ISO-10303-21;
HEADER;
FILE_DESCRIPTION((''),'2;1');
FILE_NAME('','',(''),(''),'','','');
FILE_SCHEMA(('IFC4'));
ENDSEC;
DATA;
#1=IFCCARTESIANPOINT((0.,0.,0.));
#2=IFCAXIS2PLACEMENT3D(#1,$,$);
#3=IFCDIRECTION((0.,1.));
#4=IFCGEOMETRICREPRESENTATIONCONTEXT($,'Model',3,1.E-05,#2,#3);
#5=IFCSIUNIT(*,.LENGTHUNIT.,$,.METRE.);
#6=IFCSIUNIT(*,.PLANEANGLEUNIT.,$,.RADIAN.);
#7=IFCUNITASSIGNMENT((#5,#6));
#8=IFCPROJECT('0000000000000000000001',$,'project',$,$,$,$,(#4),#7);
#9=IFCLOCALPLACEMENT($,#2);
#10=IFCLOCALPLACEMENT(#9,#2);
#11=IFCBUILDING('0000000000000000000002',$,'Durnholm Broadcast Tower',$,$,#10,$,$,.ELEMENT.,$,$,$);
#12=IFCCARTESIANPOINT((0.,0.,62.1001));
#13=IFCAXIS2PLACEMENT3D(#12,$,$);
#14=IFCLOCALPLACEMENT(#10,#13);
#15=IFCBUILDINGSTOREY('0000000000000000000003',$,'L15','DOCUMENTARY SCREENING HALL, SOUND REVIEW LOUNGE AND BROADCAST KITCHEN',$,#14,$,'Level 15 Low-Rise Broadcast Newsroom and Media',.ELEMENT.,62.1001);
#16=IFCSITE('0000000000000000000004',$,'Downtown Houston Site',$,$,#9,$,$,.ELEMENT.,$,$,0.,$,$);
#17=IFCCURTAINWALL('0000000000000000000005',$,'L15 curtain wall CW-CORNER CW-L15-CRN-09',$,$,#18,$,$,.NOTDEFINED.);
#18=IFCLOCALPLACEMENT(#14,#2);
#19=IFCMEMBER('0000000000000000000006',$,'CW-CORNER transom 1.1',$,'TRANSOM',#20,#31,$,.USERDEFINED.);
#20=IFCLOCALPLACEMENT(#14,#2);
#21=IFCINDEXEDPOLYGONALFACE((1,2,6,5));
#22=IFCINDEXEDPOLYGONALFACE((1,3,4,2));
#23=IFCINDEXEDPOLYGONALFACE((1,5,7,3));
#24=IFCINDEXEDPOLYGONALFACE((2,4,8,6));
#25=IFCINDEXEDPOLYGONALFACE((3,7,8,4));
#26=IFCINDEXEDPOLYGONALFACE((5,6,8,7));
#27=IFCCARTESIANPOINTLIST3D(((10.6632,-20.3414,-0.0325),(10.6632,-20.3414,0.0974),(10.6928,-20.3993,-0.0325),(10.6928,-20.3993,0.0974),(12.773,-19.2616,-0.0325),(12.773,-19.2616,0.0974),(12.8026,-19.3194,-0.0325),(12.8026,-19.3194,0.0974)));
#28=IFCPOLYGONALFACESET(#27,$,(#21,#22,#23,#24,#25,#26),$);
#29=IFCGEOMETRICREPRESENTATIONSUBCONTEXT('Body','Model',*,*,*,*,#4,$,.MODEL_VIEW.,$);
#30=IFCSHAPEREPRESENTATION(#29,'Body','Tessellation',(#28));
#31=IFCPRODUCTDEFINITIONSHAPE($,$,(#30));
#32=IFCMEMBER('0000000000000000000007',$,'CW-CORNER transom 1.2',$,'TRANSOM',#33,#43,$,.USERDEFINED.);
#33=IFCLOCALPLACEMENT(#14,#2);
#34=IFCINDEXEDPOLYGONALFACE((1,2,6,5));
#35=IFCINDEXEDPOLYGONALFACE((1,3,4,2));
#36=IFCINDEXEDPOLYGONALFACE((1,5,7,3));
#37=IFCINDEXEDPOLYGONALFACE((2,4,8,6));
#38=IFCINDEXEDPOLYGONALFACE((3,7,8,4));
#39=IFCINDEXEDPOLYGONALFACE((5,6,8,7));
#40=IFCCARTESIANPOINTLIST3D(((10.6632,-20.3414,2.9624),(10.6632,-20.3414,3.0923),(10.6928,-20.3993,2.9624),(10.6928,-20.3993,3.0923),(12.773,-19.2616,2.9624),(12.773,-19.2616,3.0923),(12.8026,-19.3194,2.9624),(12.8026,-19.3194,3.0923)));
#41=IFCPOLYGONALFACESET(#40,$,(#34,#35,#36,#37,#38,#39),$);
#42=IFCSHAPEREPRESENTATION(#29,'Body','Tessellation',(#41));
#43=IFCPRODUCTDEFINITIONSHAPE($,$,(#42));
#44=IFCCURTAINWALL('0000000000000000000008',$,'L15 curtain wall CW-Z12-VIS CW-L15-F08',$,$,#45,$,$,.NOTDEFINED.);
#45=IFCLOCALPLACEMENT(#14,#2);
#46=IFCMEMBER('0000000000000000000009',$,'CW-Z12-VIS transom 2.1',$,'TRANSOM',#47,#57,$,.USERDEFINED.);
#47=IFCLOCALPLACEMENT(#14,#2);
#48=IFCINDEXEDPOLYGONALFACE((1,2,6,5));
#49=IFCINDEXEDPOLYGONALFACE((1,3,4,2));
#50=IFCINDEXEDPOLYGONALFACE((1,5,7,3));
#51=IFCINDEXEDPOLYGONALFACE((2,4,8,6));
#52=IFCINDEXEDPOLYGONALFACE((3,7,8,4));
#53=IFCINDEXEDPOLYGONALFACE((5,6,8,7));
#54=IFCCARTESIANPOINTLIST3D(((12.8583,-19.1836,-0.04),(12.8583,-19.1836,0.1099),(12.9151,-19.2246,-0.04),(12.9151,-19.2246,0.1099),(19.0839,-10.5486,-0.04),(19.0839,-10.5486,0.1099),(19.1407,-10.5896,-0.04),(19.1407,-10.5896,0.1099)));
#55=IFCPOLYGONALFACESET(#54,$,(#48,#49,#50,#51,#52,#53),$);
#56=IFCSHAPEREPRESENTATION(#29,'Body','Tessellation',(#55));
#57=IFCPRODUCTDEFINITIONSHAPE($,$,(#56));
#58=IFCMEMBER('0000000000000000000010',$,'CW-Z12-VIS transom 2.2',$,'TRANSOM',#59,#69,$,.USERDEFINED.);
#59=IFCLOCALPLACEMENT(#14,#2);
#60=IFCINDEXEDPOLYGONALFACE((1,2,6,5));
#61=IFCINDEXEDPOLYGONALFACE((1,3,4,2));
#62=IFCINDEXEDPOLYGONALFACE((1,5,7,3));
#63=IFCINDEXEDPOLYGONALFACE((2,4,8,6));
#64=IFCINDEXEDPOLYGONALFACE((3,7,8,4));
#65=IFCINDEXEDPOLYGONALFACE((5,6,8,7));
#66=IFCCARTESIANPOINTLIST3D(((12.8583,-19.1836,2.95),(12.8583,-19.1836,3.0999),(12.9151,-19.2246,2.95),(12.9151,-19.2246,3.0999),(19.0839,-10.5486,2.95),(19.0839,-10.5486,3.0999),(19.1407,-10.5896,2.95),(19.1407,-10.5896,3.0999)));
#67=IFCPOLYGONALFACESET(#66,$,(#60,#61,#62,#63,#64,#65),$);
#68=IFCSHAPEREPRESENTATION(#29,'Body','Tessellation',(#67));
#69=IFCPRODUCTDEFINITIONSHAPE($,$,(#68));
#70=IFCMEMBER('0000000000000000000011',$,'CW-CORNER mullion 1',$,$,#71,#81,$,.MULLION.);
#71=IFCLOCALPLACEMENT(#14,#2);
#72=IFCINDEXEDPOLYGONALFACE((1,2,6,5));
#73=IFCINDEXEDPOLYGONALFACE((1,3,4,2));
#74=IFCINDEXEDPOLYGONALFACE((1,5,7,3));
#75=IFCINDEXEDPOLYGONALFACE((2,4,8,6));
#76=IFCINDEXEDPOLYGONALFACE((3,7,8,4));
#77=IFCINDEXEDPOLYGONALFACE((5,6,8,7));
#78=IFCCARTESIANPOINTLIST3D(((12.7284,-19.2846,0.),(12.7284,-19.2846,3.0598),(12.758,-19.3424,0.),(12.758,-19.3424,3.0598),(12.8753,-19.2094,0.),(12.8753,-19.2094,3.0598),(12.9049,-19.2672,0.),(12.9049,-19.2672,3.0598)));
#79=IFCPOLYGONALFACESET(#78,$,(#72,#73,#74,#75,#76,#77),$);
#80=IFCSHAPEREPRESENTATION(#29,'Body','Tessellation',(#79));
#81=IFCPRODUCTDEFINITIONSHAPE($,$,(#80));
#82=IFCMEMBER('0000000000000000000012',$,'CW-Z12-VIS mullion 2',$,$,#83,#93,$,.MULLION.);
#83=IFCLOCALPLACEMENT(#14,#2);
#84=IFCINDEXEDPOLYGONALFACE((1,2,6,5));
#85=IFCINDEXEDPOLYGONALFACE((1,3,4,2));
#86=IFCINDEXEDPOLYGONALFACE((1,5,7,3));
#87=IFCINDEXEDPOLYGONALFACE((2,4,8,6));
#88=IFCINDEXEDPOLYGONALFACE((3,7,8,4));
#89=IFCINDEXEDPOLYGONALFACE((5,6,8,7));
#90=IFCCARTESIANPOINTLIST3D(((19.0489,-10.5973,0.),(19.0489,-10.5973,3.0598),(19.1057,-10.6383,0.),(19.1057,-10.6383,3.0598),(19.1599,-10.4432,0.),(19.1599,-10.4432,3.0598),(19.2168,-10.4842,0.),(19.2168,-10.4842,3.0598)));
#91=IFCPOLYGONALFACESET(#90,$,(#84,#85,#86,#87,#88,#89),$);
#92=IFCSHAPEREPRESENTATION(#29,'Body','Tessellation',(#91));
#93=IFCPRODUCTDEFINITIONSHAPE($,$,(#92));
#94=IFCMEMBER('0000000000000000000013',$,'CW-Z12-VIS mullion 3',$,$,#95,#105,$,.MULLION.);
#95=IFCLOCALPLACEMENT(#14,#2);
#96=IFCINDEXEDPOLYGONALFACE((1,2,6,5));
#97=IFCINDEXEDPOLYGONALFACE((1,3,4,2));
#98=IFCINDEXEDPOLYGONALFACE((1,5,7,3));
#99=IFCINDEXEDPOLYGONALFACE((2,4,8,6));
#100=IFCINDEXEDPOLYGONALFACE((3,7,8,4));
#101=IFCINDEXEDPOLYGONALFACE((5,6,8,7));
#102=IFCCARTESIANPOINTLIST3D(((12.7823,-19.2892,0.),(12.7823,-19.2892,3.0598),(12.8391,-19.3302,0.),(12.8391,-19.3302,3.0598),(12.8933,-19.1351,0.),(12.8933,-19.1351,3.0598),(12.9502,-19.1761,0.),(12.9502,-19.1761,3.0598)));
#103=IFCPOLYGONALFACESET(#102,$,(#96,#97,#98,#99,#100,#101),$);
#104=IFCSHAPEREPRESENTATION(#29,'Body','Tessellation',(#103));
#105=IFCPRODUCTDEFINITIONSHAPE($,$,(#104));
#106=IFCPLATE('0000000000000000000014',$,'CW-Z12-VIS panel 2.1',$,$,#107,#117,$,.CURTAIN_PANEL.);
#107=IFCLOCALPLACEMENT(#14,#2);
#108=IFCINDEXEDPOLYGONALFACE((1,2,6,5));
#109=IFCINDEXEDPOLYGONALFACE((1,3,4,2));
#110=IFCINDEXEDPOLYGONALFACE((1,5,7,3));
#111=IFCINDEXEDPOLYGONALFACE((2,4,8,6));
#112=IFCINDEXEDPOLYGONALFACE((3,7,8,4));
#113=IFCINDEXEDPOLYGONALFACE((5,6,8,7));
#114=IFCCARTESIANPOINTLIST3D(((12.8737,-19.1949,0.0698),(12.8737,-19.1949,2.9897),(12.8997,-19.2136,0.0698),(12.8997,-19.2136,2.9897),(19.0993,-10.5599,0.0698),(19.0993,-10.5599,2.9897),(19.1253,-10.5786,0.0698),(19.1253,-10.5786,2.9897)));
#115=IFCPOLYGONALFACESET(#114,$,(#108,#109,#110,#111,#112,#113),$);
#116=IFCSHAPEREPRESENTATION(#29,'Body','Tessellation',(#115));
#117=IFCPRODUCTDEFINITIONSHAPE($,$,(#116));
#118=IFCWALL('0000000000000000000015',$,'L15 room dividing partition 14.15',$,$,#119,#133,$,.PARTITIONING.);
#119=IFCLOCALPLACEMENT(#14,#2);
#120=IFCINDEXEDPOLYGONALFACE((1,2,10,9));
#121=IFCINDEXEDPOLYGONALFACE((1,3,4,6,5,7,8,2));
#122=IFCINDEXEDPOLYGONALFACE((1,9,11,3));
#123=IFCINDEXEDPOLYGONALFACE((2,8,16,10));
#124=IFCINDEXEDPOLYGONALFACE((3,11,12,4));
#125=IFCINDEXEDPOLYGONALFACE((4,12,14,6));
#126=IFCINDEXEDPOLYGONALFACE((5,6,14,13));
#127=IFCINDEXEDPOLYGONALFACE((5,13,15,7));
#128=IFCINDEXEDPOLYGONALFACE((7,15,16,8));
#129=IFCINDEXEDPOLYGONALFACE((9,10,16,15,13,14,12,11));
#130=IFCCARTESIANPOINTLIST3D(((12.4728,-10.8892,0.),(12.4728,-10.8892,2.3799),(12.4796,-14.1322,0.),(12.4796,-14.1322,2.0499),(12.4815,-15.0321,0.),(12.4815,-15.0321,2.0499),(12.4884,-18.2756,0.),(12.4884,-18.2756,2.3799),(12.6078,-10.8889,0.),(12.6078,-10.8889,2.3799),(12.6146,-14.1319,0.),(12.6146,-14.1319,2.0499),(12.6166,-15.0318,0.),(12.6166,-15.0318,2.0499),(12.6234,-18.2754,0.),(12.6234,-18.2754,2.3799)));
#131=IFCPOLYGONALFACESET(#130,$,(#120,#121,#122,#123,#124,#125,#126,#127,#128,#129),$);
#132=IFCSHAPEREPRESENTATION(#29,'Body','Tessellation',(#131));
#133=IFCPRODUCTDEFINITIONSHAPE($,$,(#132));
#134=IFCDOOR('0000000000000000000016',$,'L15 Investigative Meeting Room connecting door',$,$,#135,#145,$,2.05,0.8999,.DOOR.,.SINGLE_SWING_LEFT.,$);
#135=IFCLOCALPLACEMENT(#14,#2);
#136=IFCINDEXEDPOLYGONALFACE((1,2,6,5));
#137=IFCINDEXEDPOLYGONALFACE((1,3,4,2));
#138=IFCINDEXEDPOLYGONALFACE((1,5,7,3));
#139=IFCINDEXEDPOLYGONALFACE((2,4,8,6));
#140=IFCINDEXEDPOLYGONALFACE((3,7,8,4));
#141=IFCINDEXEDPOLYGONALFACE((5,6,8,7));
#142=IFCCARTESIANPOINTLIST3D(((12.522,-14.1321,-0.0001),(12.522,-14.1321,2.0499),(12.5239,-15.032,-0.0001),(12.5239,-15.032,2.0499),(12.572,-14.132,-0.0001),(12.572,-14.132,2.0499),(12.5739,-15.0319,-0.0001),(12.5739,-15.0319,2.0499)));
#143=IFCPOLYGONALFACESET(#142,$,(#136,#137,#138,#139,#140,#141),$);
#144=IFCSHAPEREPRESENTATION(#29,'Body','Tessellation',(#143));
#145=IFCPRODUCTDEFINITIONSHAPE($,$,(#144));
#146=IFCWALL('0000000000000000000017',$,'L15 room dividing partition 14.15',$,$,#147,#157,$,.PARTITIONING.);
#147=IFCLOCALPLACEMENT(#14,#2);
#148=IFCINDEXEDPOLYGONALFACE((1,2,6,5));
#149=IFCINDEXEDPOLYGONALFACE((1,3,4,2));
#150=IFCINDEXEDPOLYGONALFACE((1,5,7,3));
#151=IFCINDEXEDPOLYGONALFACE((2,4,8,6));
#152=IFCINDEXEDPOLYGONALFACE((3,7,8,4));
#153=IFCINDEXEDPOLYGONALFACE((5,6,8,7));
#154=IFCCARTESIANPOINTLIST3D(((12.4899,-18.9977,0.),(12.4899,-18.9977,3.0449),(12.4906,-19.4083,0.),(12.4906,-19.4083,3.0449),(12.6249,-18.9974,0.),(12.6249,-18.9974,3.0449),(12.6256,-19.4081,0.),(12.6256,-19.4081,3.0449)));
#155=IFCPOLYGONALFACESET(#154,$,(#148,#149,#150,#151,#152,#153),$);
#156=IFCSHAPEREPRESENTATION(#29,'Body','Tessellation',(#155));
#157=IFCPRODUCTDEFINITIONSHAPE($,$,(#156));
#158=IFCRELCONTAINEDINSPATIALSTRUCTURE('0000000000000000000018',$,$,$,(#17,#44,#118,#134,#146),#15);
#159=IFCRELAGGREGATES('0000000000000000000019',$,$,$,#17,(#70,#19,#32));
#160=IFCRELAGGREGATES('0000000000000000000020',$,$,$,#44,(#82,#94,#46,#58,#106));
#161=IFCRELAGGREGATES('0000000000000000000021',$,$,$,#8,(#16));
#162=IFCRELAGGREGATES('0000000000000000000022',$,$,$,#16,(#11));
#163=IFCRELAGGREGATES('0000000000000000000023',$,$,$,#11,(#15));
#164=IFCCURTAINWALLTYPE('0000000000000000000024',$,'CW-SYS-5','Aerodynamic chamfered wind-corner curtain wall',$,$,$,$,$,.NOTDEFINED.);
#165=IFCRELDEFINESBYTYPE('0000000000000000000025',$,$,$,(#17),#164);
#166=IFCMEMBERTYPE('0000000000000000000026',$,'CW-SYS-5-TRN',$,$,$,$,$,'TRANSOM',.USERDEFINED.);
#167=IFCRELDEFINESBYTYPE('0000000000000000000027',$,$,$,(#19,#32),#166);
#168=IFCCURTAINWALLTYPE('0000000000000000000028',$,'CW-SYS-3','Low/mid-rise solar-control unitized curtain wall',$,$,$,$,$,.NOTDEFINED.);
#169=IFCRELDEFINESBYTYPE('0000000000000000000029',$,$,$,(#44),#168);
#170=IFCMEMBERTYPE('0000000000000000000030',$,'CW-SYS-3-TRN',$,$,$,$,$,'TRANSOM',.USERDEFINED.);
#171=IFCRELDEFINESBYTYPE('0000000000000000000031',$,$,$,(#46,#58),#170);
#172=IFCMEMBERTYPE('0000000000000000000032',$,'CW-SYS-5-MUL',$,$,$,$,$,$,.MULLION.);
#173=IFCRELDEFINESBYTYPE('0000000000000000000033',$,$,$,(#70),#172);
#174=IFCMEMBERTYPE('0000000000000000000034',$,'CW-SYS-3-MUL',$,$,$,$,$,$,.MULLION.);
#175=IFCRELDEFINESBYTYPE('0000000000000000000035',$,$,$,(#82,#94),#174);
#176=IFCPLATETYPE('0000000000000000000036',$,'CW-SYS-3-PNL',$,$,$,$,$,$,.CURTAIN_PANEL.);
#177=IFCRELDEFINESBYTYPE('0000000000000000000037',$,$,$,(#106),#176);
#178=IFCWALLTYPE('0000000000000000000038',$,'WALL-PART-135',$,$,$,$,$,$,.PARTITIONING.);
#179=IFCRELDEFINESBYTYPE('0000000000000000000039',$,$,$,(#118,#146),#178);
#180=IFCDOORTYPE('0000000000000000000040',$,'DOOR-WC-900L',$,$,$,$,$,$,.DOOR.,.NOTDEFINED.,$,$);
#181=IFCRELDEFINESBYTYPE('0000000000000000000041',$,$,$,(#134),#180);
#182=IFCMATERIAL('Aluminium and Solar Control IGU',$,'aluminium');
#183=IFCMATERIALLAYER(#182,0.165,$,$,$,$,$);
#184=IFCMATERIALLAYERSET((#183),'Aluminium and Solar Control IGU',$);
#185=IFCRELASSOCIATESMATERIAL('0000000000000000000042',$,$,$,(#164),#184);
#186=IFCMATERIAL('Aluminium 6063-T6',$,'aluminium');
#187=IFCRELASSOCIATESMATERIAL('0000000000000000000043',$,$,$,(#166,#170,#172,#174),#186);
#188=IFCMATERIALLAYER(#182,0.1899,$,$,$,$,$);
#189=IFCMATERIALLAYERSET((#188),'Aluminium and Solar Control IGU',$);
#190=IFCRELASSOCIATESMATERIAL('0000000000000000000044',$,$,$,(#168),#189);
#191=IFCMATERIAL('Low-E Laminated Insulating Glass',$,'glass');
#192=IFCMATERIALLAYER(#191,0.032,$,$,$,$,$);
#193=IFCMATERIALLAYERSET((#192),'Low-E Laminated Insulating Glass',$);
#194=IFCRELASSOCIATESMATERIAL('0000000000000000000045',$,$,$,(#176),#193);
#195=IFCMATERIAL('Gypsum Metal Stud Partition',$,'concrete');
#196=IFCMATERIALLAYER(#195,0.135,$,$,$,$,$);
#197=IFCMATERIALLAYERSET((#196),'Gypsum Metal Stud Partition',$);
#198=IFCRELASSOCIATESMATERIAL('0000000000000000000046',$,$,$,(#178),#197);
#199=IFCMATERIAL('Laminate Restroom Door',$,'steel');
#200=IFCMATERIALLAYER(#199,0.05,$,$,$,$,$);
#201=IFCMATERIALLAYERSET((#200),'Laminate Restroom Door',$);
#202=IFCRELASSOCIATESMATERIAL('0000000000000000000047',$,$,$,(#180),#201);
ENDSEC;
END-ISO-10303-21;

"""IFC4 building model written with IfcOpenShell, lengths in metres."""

from ifc_helpers import new_model, si_unit, direction, frame, frame_2d, origin, origin_2d, place, context, subcontext, project, spatial, rectangle, extrude, source, transform, mapped, material, layer, layer_set, material_profile, profile_set, type_object, type_shapes, element, fill, aggregate, save


model = new_model("IFC4")

# Units and contexts
model_context = context("Model", 3, precision=1e-05, world=origin(), true_north=direction((0.0, 1.0)))
body_context = subcontext(model_context, "Body", "Model", "MODEL_VIEW")
ifc_project = project(units=[si_unit("LENGTHUNIT", "METRE"), si_unit("PLANEANGLEUNIT", "RADIAN")], contexts=[model_context])

# Site, building, storey
site_placement = place(None, origin())
site = spatial("IfcSite", under=ifc_project, at=site_placement, Name="Downtown Houston Site", CompositionType="ELEMENT", RefElevation=0.0)
building_placement = place(site_placement, origin())
building = spatial("IfcBuilding", under=site, at=building_placement, Name="Durnholm Broadcast Tower", CompositionType="ELEMENT")
storey_placement = place(building_placement, frame((0.0, 0.0, 62.1001)))
storey = spatial("IfcBuildingStorey", under=building, at=storey_placement, Name="L15", Description="DOCUMENTARY SCREENING HALL, SOUND REVIEW LOUNGE AND BROADCAST KITCHEN", LongName="Level 15 Low-Rise Broadcast Newsroom and Media", CompositionType="ELEMENT", Elevation=62.1001)

# Curtain walls, members
ifc_material_1 = material(Name="Aluminium and Solar Control IGU", Category="aluminium")
ifc_layer_1 = layer(ifc_material_1, 0.165)
ifc_layer_set_1 = layer_set([ifc_layer_1], Name="Aluminium and Solar Control IGU")
curtain_wall_type_1 = type_object("IfcCurtainWallType", Name="CW-SYS-5", Description="Aerodynamic chamfered wind-corner curtain wall", PredefinedType="NOTDEFINED", material=ifc_layer_set_1)
curtain_wall_1_placement = place(storey_placement, origin())
curtain_wall_1 = element("IfcCurtainWall", 1, at=curtain_wall_1_placement, inside=storey, type_object=curtain_wall_type_1, Name="L15 curtain wall CW-CORNER CW-L15-CRN-09", PredefinedType="NOTDEFINED")
ifc_material_2 = material(Name="Aluminium 6063-T6", Category="aluminium")
ifc_material_profile_1 = material_profile(ifc_material_2, rectangle(XDim=0.0649, YDim=0.1299, at=origin_2d()), Name="CWT65X130")
ifc_profile_set_1 = profile_set([ifc_material_profile_1], Name="Aluminium 6063-T6")
member_type_1 = type_object("IfcMemberType", Name="CW-SYS-5-TRN", ElementType="TRANSOM", PredefinedType="USERDEFINED", material=ifc_profile_set_1)
shared_shape_1 = source(origin(), body_context, "Body", "SweptSolid", [
    extrude(rectangle(XDim=0.0649, YDim=0.1299, at=origin_2d()), origin(), (0.0, 0.0, 1.0), 2.3701),
])
type_shapes(member_type_1, [shared_shape_1])
member_1_placement = place(storey_placement, frame((12.7878, -19.2905, 0.0325), z_axis=(-0.890185, -0.455599, 0.0), x_axis=(0.455599, -0.890185, 0.0)))
member_1 = element("IfcMember", 2, at=member_1_placement, type_object=member_type_1, Name="CW-CORNER transom 1.1", ObjectType="TRANSOM", PredefinedType="USERDEFINED", context=body_context, shape_type="MappedRepresentation", body=[
    mapped(shared_shape_1, transform((0.0, 0.0, 0.0), x_axis=(1.0, 0.0, 0.0), y_axis=(0.0, 1.0, 0.0), z_axis=(0.0, 0.0, 1.0), scale=1.0)),
])
member_2_placement = place(storey_placement, frame((12.7878, -19.2905, 3.0273), z_axis=(-0.890185, -0.455599, 0.0), x_axis=(0.455599, -0.890185, 0.0)))
member_2 = element("IfcMember", 3, at=member_2_placement, type_object=member_type_1, Name="CW-CORNER transom 1.2", ObjectType="TRANSOM", PredefinedType="USERDEFINED", context=body_context, shape_type="MappedRepresentation", body=[
    mapped(shared_shape_1, transform((0.0, 0.0, 0.0), x_axis=(1.0, 0.0, 0.0), y_axis=(0.0, 1.0, 0.0), z_axis=(0.0, 0.0, 1.0), scale=1.0)),
])
ifc_layer_2 = layer(ifc_material_1, 0.1899)
ifc_layer_set_2 = layer_set([ifc_layer_2], Name="Aluminium and Solar Control IGU")
curtain_wall_type_2 = type_object("IfcCurtainWallType", Name="CW-SYS-3", Description="Low/mid-rise solar-control unitized curtain wall", PredefinedType="NOTDEFINED", material=ifc_layer_set_2)
curtain_wall_2_placement = place(storey_placement, origin())
curtain_wall_2 = element("IfcCurtainWall", 4, at=curtain_wall_2_placement, inside=storey, type_object=curtain_wall_type_2, Name="L15 curtain wall CW-Z12-VIS CW-L15-F08", PredefinedType="NOTDEFINED")
ifc_material_profile_2 = material_profile(ifc_material_2, rectangle(XDim=0.0701, YDim=0.1499, at=origin_2d()), Name="CWT70X150")
ifc_profile_set_2 = profile_set([ifc_material_profile_2], Name="Aluminium 6063-T6")
member_type_2 = type_object("IfcMemberType", Name="CW-SYS-3-TRN", ElementType="TRANSOM", PredefinedType="USERDEFINED", material=ifc_profile_set_2)
shared_shape_2 = source(origin(), body_context, "Body", "SweptSolid", [
    extrude(rectangle(XDim=0.0701, YDim=0.1499, at=origin_2d()), origin(), (0.0, 0.0, 1.0), 10.6453),
])
type_shapes(member_type_2, [shared_shape_2])
member_3_placement = place(storey_placement, frame((19.1123, -10.5691, 0.0349), z_axis=(-0.584823, -0.811161, 0.0), x_axis=(0.811161, -0.584823, 0.0)))
member_3 = element("IfcMember", 5, at=member_3_placement, type_object=member_type_2, Name="CW-Z12-VIS transom 2.1", ObjectType="TRANSOM", PredefinedType="USERDEFINED", context=body_context, shape_type="MappedRepresentation", body=[
    mapped(shared_shape_2, transform((0.0, 0.0, 0.0), x_axis=(1.0, 0.0, 0.0), y_axis=(0.0, 1.0, 0.0), z_axis=(0.0, 0.0, 1.0), scale=1.0)),
])
member_4_placement = place(storey_placement, frame((19.1123, -10.5691, 3.0249), z_axis=(-0.584823, -0.811161, 0.0), x_axis=(0.811161, -0.584823, 0.0)))
member_4 = element("IfcMember", 6, at=member_4_placement, type_object=member_type_2, Name="CW-Z12-VIS transom 2.2", ObjectType="TRANSOM", PredefinedType="USERDEFINED", context=body_context, shape_type="MappedRepresentation", body=[
    mapped(shared_shape_2, transform((0.0, 0.0, 0.0), x_axis=(1.0, 0.0, 0.0), y_axis=(0.0, 1.0, 0.0), z_axis=(0.0, 0.0, 1.0), scale=1.0)),
])

# Members
ifc_material_profile_3 = material_profile(ifc_material_2, rectangle(XDim=0.0649, YDim=0.165, at=origin_2d()), Name="CWM65X165")
ifc_profile_set_3 = profile_set([ifc_material_profile_3], Name="Aluminium 6063-T6")
member_type_3 = type_object("IfcMemberType", Name="CW-SYS-5-MUL", PredefinedType="MULLION", material=ifc_profile_set_3)
shared_shape_3 = source(origin(), body_context, "Body", "SweptSolid", [
    extrude(rectangle(XDim=0.0649, YDim=0.165, at=origin_2d()), origin(), (0.0, 0.0, 1.0), 3.0598),
])
type_shapes(member_type_3, [shared_shape_3])
member_5_placement = place(storey_placement, frame((12.8167, -19.2759, 0.0), z_axis=(0.0, 0.0, 1.0), x_axis=(0.455594, -0.890188, 0.0)))
member_5 = element("IfcMember", 7, at=member_5_placement, type_object=member_type_3, Name="CW-CORNER mullion 1", PredefinedType="MULLION", context=body_context, shape_type="MappedRepresentation", body=[
    mapped(shared_shape_3, transform((0.0, 0.0, 0.0), x_axis=(1.0, 0.0, 0.0), y_axis=(0.0, 1.0, 0.0), z_axis=(0.0, 0.0, 1.0), scale=1.0)),
])
aggregate(curtain_wall_1, [member_5, member_1, member_2])
ifc_material_profile_4 = material_profile(ifc_material_2, rectangle(XDim=0.0701, YDim=0.1899, at=origin_2d()), Name="CWM70X190")
ifc_profile_set_4 = profile_set([ifc_material_profile_4], Name="Aluminium 6063-T6")
member_type_4 = type_object("IfcMemberType", Name="CW-SYS-3-MUL", PredefinedType="MULLION", material=ifc_profile_set_4)
shared_shape_4 = source(origin(), body_context, "Body", "SweptSolid", [
    extrude(rectangle(XDim=0.0701, YDim=0.1899, at=origin_2d()), origin(), (0.0, 0.0, 1.0), 3.0598),
])
type_shapes(member_type_4, [shared_shape_4])
member_6_placement = place(storey_placement, frame((19.1328, -10.5408, 0.0), z_axis=(0.0, 0.0, 1.0), x_axis=(0.811161, -0.584823, 0.0)))
member_6 = element("IfcMember", 8, at=member_6_placement, type_object=member_type_4, Name="CW-Z12-VIS mullion 2", PredefinedType="MULLION", context=body_context, shape_type="MappedRepresentation", body=[
    mapped(shared_shape_4, transform((0.0, 0.0, 0.0), x_axis=(1.0, 0.0, 0.0), y_axis=(0.0, 1.0, 0.0), z_axis=(0.0, 0.0, 1.0), scale=1.0)),
])
member_7_placement = place(storey_placement, frame((12.8662, -19.2327, 0.0), z_axis=(0.0, 0.0, 1.0), x_axis=(0.811161, -0.584823, 0.0)))
member_7 = element("IfcMember", 9, at=member_7_placement, type_object=member_type_4, Name="CW-Z12-VIS mullion 3", PredefinedType="MULLION", context=body_context, shape_type="MappedRepresentation", body=[
    mapped(shared_shape_4, transform((0.0, 0.0, 0.0), x_axis=(1.0, 0.0, 0.0), y_axis=(0.0, 1.0, 0.0), z_axis=(0.0, 0.0, 1.0), scale=1.0)),
])

# Plate
ifc_material_3 = material(Name="Low-E Laminated Insulating Glass", Category="glass")
ifc_layer_3 = layer(ifc_material_3, 0.032)
ifc_layer_set_3 = layer_set([ifc_layer_3], Name="Low-E Laminated Insulating Glass")
plate_type = type_object("IfcPlateType", Name="CW-SYS-3-PNL", PredefinedType="CURTAIN_PANEL", material=ifc_layer_set_3)
shared_shape_5 = source(origin(), body_context, "Body", "SweptSolid", [
    extrude(rectangle(XDim=10.6453, YDim=0.032, at=origin_2d()), origin(), (0.0, 0.0, 1.0), 2.9199),
])
type_shapes(plate_type, [shared_shape_5])
plate_placement = place(storey_placement, frame((15.9995, -14.8867, 0.0698), z_axis=(0.0, 0.0, 1.0), x_axis=(-0.584823, -0.811161, 0.0)))
plate = element("IfcPlate", 10, at=plate_placement, type_object=plate_type, Name="CW-Z12-VIS panel 2.1", PredefinedType="CURTAIN_PANEL", context=body_context, shape_type="MappedRepresentation", body=[
    mapped(shared_shape_5, transform((0.0, 0.0, 0.0), x_axis=(1.0, 0.0, 0.0), y_axis=(0.0, 1.0, 0.0), z_axis=(0.0, 0.0, 1.0), scale=1.0)),
])
aggregate(curtain_wall_2, [member_6, member_7, member_3, member_4, plate])

# Wall, opening, door
ifc_material_4 = material(Name="Gypsum Metal Stud Partition", Category="concrete")
ifc_layer_4 = layer(ifc_material_4, 0.135)
ifc_layer_set_4 = layer_set([ifc_layer_4], Name="Gypsum Metal Stud Partition")
wall_type_1 = type_object("IfcWallType", Name="WALL-PART-135", PredefinedType="PARTITIONING", material=ifc_layer_set_4)
wall_1_placement = place(storey_placement, frame((12.5403, -10.8889, 0.0), z_axis=(0.0, 0.0, 1.0), x_axis=(0.002115, -0.999998, 0.0)))
wall_1 = element("IfcWall", 11, at=wall_1_placement, inside=storey, type_object=wall_type_1, Name="L15 room dividing partition 14.15", PredefinedType="PARTITIONING", context=body_context, shape_type="SweptSolid", body=[
    extrude(rectangle(XDim=7.3865, YDim=0.135, at=frame_2d((3.6934, 0.0))), origin(), (0.0, 0.0, 1.0), 2.3799),
])
opening_1_placement = place(wall_1_placement, frame((3.2432, 0.0, 0.0)))
opening_1 = element("IfcOpeningElement", 12, at=opening_1_placement, cuts=wall_1, PredefinedType="OPENING", context=body_context, shape_type="SweptSolid", body=[
    extrude(rectangle(XDim=0.8999, YDim=2.05, at=frame_2d((0.45, 1.0249))), frame((0.0, 0.0776, 0.0), z_axis=(0.0, -1.0, 0.0), x_axis=(1.0, 0.0, 0.0)), (0.0, 0.0, 1.0), 0.155),
])
ifc_material_5 = material(Name="Laminate Restroom Door", Category="steel")
ifc_layer_5 = layer(ifc_material_5, 0.05)
ifc_layer_set_5 = layer_set([ifc_layer_5], Name="Laminate Restroom Door")
door_type_1 = type_object("IfcDoorType", Name="DOOR-WC-900L", OperationType="NOTDEFINED", PredefinedType="DOOR", material=ifc_layer_set_5)
shared_shape_6 = source(origin(), body_context, "Body", "SweptSolid", [
    extrude(rectangle(XDim=0.8999, YDim=2.05, at=frame_2d((0.45, 1.0249))), frame((0.0, 0.0249, 0.0), z_axis=(0.0, -1.0, 0.0), x_axis=(1.0, 0.0, 0.0)), (0.0, 0.0, 1.0), 0.05),
])
type_shapes(door_type_1, [shared_shape_6])
door_1_placement = place(opening_1_placement, origin())
door_1 = element("IfcDoor", 13, at=door_1_placement, inside=storey, type_object=door_type_1, Name="L15 Investigative Meeting Room connecting door", OperationType="SINGLE_SWING_LEFT", OverallHeight=2.05, OverallWidth=0.8999, PredefinedType="DOOR", context=body_context, shape_type="MappedRepresentation", body=[
    mapped(shared_shape_6, transform((0.0, 0.0, 0.0), x_axis=(1.0, 0.0, 0.0), y_axis=(0.0, 1.0, 0.0), z_axis=(0.0, 0.0, 1.0), scale=1.0)),
])
fill(opening_1, door_1)

# Wall
wall_2_placement = place(storey_placement, frame((12.5574, -18.9976, 0.0), z_axis=(0.0, 0.0, 1.0), x_axis=(0.001784, -0.999998, 0.0)))
element("IfcWall", 14, at=wall_2_placement, inside=storey, type_object=wall_type_1, Name="L15 room dividing partition 14.15", PredefinedType="PARTITIONING", context=body_context, shape_type="SweptSolid", body=[
    extrude(rectangle(XDim=0.4106, YDim=0.135, at=frame_2d((0.2053, 0.0))), origin(), (0.0, 0.0, 1.0), 3.0449),
])

save(model, "model.ifc")
